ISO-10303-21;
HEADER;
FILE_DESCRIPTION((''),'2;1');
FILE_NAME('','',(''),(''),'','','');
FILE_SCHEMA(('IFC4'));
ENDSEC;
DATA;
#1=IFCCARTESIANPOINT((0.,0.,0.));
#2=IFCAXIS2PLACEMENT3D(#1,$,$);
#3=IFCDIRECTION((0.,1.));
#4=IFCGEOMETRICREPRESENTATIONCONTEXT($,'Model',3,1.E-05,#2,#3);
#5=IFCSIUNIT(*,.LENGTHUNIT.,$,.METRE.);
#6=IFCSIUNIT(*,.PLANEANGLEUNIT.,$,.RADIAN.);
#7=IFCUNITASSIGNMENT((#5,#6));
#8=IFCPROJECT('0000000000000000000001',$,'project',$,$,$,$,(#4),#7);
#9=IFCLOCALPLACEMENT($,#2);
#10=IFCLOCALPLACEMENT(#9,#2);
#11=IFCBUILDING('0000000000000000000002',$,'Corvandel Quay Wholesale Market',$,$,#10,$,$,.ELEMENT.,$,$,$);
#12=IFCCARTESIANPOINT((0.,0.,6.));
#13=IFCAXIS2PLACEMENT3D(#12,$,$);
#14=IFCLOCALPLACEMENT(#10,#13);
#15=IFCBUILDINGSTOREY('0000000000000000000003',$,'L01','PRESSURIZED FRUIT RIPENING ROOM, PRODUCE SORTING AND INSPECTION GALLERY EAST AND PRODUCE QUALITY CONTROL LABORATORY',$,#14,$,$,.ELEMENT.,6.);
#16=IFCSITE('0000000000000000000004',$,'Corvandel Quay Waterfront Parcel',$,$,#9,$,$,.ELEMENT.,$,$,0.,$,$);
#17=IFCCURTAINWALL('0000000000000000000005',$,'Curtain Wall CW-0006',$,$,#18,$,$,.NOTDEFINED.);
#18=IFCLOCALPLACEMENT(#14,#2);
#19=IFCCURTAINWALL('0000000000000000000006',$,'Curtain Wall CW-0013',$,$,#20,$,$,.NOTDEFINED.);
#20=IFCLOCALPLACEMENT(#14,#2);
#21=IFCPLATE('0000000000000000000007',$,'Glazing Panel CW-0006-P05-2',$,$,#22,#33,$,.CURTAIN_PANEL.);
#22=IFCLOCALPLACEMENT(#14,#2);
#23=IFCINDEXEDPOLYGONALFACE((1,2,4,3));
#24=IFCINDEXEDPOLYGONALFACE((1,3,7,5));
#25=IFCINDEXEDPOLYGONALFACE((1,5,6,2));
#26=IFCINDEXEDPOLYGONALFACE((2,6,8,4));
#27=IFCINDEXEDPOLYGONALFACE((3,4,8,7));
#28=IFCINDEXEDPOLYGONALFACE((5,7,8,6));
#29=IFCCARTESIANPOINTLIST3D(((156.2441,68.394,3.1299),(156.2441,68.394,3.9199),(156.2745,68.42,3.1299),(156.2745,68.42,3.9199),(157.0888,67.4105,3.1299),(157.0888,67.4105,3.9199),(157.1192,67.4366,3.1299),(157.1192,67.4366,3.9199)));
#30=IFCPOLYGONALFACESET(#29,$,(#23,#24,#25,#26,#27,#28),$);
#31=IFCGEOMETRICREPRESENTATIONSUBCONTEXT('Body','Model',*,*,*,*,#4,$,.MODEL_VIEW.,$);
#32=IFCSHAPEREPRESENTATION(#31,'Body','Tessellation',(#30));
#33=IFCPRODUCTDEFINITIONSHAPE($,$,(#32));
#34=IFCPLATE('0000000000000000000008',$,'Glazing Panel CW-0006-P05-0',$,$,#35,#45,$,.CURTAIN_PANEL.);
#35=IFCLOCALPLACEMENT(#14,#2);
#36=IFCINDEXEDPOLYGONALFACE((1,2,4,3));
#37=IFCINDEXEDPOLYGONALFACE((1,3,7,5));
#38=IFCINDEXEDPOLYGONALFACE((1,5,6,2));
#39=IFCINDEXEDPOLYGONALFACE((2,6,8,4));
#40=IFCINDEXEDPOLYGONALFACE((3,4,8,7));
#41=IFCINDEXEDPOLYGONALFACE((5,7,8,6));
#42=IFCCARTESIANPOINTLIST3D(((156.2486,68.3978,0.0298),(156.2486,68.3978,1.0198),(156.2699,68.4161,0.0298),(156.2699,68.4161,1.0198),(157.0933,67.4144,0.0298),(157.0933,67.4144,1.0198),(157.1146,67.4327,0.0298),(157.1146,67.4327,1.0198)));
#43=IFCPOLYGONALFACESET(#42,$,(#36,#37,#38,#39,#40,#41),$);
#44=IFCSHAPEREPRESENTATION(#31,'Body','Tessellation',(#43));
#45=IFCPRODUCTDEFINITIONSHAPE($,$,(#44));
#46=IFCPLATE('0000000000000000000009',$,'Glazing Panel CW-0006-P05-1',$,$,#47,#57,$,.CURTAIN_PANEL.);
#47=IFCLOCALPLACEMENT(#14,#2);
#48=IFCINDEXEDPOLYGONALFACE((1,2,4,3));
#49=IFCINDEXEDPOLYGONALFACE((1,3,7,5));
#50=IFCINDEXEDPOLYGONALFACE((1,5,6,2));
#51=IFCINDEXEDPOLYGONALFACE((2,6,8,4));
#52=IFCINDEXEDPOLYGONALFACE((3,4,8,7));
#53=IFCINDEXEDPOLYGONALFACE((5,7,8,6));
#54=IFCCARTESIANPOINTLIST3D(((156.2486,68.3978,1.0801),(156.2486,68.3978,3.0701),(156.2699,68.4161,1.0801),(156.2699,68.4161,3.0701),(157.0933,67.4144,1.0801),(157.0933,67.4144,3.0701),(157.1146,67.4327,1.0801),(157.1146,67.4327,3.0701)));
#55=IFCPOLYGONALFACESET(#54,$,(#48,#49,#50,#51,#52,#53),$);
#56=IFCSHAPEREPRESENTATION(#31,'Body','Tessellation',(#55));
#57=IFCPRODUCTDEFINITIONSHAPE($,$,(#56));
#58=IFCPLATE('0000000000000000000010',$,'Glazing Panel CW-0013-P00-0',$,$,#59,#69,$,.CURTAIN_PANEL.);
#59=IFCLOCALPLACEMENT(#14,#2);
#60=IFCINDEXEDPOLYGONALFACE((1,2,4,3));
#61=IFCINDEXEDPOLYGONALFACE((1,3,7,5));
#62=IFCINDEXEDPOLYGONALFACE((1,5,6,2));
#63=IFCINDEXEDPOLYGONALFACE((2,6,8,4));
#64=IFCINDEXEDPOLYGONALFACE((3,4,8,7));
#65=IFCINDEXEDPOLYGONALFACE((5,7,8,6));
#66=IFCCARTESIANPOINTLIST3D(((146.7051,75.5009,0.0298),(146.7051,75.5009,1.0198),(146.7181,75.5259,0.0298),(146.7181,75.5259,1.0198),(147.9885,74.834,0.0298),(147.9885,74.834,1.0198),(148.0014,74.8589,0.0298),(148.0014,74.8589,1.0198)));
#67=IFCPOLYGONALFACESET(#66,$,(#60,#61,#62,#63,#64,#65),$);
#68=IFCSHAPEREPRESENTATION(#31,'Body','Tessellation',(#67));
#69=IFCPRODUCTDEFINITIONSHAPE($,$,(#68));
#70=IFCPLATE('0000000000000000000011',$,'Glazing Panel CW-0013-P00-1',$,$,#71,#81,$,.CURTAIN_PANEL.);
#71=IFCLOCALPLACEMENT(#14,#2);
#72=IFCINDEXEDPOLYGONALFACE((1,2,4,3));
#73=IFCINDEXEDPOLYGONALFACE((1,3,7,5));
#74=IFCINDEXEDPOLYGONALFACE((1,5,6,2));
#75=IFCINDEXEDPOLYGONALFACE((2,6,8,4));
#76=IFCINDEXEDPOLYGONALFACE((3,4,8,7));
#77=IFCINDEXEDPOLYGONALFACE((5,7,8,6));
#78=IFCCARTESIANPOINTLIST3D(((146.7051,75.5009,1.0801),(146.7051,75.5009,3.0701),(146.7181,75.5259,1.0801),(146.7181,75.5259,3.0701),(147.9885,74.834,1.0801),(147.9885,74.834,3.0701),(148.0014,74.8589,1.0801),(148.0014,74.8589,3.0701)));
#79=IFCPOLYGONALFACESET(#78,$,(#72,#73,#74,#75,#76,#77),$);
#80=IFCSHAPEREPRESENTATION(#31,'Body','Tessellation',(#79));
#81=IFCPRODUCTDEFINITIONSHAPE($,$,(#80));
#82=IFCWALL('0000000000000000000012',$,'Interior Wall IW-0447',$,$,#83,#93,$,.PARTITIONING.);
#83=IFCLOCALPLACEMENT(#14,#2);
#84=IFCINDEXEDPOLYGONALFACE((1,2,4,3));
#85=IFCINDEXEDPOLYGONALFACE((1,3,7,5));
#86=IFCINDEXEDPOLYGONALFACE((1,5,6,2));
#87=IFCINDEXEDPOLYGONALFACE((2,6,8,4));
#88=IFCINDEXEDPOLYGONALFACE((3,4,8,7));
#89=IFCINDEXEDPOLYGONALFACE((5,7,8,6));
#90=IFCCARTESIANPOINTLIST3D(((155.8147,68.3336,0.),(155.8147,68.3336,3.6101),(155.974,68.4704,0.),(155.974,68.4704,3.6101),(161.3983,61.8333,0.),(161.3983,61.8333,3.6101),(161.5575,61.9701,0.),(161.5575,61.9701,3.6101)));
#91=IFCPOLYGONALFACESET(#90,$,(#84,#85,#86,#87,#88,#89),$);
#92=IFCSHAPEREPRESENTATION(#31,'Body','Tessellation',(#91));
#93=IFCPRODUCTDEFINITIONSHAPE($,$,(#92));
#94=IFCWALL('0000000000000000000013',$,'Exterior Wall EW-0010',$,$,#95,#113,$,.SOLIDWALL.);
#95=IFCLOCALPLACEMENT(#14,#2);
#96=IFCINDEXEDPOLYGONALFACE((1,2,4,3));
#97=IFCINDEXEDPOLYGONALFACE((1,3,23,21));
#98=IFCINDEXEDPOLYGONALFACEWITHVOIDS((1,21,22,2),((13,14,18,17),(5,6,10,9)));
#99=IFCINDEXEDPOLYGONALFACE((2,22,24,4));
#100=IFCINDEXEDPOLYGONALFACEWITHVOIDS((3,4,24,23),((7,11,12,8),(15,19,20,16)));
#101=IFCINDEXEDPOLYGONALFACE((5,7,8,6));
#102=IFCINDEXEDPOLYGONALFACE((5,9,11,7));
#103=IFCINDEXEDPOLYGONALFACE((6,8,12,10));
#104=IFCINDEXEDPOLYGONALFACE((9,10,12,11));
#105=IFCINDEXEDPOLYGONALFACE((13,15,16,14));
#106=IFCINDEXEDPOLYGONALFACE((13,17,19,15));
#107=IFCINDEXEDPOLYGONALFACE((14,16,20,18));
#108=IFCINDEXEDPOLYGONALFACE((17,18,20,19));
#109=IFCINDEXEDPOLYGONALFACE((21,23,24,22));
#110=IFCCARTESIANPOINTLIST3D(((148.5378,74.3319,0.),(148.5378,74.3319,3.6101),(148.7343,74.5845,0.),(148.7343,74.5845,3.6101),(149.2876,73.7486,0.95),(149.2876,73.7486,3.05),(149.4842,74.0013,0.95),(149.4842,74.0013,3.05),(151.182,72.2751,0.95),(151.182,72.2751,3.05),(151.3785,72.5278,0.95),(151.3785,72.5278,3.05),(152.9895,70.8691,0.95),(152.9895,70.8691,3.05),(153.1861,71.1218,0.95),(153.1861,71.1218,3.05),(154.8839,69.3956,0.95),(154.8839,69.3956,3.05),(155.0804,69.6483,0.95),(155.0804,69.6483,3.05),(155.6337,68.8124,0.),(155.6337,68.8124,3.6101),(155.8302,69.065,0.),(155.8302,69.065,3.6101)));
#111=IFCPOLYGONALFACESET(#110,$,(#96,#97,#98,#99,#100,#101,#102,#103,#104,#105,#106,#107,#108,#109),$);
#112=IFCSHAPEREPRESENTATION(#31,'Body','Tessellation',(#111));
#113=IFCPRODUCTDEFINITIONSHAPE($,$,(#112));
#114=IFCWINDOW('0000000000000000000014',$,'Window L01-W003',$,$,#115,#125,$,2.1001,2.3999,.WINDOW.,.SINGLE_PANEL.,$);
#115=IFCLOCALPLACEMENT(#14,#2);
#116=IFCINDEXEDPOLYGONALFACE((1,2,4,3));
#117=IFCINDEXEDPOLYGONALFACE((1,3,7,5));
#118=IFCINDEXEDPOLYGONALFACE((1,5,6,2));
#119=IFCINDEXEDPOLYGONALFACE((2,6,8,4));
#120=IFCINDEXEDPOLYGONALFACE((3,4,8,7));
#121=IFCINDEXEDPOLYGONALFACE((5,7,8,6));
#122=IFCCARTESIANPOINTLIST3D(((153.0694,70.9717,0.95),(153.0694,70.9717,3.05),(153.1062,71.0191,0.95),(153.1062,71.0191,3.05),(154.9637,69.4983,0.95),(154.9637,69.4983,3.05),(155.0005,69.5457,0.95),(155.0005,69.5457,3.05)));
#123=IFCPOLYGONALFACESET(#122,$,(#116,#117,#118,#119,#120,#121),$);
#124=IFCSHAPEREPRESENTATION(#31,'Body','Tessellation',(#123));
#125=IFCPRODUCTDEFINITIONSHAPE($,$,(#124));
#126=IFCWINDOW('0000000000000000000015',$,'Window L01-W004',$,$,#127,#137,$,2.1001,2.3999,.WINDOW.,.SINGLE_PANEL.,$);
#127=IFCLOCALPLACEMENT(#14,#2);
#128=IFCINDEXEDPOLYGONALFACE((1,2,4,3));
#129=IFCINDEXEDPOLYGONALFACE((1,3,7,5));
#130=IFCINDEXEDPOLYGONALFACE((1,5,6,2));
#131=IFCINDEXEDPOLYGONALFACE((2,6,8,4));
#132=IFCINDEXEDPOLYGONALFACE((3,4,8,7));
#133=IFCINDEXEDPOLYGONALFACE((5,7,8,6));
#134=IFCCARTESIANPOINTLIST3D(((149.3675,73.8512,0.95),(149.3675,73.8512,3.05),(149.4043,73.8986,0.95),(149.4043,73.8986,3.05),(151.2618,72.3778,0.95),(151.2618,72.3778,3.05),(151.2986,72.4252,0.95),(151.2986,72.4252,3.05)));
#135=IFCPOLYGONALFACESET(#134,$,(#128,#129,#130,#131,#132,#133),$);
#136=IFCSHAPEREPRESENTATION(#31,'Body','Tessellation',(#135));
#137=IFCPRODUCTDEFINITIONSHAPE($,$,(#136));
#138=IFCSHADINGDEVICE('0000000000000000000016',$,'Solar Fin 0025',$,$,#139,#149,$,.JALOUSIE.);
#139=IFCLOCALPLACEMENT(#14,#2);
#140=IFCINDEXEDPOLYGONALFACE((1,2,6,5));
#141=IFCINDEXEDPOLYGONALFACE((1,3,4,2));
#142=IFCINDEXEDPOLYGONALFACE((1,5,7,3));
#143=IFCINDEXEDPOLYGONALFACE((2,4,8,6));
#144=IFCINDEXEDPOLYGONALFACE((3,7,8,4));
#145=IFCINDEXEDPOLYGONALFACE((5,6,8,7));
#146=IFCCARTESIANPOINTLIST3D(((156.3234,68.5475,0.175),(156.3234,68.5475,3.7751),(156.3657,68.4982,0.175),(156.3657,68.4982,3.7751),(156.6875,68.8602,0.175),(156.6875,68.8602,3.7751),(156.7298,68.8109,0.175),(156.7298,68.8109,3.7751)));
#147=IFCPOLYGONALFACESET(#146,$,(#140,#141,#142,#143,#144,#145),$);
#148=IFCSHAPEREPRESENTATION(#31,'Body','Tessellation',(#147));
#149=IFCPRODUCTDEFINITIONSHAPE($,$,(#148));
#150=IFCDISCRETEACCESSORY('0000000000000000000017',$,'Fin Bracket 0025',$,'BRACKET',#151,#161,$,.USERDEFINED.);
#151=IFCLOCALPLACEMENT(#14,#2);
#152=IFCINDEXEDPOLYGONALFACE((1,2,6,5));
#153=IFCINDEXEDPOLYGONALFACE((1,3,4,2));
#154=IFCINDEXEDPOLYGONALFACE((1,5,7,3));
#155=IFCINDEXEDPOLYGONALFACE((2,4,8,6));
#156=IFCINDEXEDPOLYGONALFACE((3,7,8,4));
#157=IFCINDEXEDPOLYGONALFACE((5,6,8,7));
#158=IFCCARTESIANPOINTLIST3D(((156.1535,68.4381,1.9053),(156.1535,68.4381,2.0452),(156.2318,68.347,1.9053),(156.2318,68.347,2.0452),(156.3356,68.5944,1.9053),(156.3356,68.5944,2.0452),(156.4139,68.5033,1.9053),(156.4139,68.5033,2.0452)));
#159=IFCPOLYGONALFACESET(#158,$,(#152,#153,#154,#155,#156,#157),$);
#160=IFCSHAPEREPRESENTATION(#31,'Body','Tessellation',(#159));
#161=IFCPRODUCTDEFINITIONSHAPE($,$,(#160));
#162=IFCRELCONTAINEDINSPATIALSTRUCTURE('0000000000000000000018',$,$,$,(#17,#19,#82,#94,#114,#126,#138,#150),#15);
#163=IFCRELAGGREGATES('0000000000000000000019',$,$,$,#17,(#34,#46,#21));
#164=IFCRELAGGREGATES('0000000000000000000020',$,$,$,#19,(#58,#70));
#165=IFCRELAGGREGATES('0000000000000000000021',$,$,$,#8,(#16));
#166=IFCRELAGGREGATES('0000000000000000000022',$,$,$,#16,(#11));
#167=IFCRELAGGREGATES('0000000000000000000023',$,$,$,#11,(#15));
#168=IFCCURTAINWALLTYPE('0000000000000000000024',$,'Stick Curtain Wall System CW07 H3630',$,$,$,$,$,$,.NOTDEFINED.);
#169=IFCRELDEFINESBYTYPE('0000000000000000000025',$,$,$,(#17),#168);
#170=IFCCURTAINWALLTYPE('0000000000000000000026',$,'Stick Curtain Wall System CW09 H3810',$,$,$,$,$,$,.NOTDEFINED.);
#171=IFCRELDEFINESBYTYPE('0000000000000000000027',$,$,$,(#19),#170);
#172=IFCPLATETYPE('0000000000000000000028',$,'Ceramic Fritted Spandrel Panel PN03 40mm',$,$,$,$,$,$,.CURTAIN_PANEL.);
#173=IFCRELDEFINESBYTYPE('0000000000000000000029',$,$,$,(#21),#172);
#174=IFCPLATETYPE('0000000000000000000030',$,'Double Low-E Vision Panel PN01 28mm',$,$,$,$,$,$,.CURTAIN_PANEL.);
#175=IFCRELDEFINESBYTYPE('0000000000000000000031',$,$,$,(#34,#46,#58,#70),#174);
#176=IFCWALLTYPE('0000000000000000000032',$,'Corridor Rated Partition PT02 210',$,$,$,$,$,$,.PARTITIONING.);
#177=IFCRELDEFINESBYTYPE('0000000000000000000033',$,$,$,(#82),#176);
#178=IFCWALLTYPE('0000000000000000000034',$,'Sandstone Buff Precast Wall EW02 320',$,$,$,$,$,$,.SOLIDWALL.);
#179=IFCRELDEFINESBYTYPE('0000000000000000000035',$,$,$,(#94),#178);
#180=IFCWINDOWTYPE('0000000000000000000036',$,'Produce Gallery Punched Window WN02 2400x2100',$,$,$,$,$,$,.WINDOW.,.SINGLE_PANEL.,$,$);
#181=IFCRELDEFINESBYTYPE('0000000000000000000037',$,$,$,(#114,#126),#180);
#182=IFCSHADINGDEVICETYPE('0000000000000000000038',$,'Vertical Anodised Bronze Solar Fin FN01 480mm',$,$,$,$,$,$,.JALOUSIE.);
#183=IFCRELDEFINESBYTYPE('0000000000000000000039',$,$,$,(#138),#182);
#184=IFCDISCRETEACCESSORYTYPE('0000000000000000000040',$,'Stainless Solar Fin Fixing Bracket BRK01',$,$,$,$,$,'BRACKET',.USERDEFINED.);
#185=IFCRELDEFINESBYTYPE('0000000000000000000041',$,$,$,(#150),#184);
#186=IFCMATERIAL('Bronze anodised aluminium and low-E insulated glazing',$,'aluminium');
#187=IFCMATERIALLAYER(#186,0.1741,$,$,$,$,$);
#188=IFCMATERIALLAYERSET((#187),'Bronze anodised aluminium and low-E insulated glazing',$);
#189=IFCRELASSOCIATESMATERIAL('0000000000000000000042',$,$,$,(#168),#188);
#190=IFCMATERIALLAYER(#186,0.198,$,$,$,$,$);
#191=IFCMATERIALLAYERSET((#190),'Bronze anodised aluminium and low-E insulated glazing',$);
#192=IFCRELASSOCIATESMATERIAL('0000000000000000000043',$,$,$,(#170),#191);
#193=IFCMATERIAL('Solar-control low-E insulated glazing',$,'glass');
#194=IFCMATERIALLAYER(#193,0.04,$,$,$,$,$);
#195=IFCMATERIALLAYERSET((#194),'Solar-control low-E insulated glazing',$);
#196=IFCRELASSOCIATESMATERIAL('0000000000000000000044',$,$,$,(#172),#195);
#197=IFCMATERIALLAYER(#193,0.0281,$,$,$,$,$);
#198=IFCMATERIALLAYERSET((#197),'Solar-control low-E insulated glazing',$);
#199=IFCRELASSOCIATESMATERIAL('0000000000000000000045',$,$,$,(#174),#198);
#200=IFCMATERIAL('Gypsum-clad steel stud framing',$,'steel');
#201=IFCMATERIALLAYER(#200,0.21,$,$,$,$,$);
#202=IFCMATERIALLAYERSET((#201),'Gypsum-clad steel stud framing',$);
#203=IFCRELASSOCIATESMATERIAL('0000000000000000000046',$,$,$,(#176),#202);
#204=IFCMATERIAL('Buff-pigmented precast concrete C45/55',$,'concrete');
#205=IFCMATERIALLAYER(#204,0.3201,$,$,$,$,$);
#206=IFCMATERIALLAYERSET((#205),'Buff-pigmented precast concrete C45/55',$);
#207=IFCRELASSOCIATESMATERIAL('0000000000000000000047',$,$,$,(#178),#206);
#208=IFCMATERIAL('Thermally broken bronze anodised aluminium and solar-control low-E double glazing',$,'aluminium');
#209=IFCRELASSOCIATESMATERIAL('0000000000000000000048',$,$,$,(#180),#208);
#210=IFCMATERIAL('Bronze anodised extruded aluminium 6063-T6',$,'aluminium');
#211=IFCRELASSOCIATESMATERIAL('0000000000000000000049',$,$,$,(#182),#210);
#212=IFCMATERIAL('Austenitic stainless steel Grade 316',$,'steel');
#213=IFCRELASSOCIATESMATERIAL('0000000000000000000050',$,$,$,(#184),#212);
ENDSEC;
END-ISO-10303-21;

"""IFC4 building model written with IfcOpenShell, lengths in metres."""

from ifc_helpers import new_model, si_unit, direction, frame, frame_2d, origin, origin_2d, place, context, subcontext, project, spatial, rectangle, extrude, material, layer, layer_set, type_object, element, fill, aggregate, save


model = new_model("IFC4")

# Units and contexts
model_context = context("Model", 3, precision=1e-05, world=origin(), true_north=direction((0.0, 1.0)))
body_context = subcontext(model_context, "Body", "Model", "MODEL_VIEW")
ifc_project = project(units=[si_unit("LENGTHUNIT", "METRE"), si_unit("PLANEANGLEUNIT", "RADIAN")], contexts=[model_context])

# Site, building, storey
site_placement = place(None, origin())
site = spatial("IfcSite", under=ifc_project, at=site_placement, Name="Corvandel Quay Waterfront Parcel", CompositionType="ELEMENT", RefElevation=0.0)
building_placement = place(site_placement, origin())
building = spatial("IfcBuilding", under=site, at=building_placement, Name="Corvandel Quay Wholesale Market", CompositionType="ELEMENT")
storey_placement = place(building_placement, frame((0.0, 0.0, 6.0)))
storey = spatial("IfcBuildingStorey", under=building, at=storey_placement, Name="L01", Description="PRESSURIZED FRUIT RIPENING ROOM, PRODUCE SORTING AND INSPECTION GALLERY EAST AND PRODUCE QUALITY CONTROL LABORATORY", CompositionType="ELEMENT", Elevation=6.0)

# Curtain wall
ifc_material_1 = material(Name="Bronze anodised aluminium and low-E insulated glazing", Category="aluminium")
ifc_layer_1 = layer(ifc_material_1, 0.1741)
ifc_layer_set_1 = layer_set([ifc_layer_1], Name="Bronze anodised aluminium and low-E insulated glazing")
curtain_wall_type_1 = type_object("IfcCurtainWallType", Name="Stick Curtain Wall System CW07 H3630", PredefinedType="NOTDEFINED", material=ifc_layer_set_1)
curtain_wall_1_placement = place(storey_placement, origin())
curtain_wall_1 = element("IfcCurtainWall", 1, at=curtain_wall_1_placement, inside=storey, type_object=curtain_wall_type_1, Name="Curtain Wall CW-0006", PredefinedType="NOTDEFINED")

# Curtain wall
ifc_layer_2 = layer(ifc_material_1, 0.198)
ifc_layer_set_2 = layer_set([ifc_layer_2], Name="Bronze anodised aluminium and low-E insulated glazing")
curtain_wall_type_2 = type_object("IfcCurtainWallType", Name="Stick Curtain Wall System CW09 H3810", PredefinedType="NOTDEFINED", material=ifc_layer_set_2)
curtain_wall_2_placement = place(storey_placement, origin())
curtain_wall_2 = element("IfcCurtainWall", 2, at=curtain_wall_2_placement, inside=storey, type_object=curtain_wall_type_2, Name="Curtain Wall CW-0013", PredefinedType="NOTDEFINED")

# Plates
ifc_material_2 = material(Name="Solar-control low-E insulated glazing", Category="glass")
ifc_layer_3 = layer(ifc_material_2, 0.04)
ifc_layer_set_3 = layer_set([ifc_layer_3], Name="Solar-control low-E insulated glazing")
plate_type_1 = type_object("IfcPlateType", Name="Ceramic Fritted Spandrel Panel PN03 40mm", PredefinedType="CURTAIN_PANEL", material=ifc_layer_set_3)
plate_1_placement = place(storey_placement, frame((156.6816, 67.9153, 3.1299), z_axis=(0.0, 0.0, 1.0), x_axis=(-0.651569, 0.758589, 0.0)))
plate_1 = element("IfcPlate", 3, at=plate_1_placement, type_object=plate_type_1, Name="Glazing Panel CW-0006-P05-2", PredefinedType="CURTAIN_PANEL", context=body_context, shape_type="SweptSolid", body=[
    extrude(rectangle(XDim=1.2964, YDim=0.04, at=origin_2d()), origin(), (0.0, 0.0, 1.0), 0.79),
])
ifc_layer_4 = layer(ifc_material_2, 0.0281)
ifc_layer_set_4 = layer_set([ifc_layer_4], Name="Solar-control low-E insulated glazing")
plate_type_2 = type_object("IfcPlateType", Name="Double Low-E Vision Panel PN01 28mm", PredefinedType="CURTAIN_PANEL", material=ifc_layer_set_4)
plate_2_placement = place(storey_placement, frame((156.6816, 67.9153, 0.0298), z_axis=(0.0, 0.0, 1.0), x_axis=(-0.651569, 0.758589, 0.0)))
plate_2 = element("IfcPlate", 4, at=plate_2_placement, type_object=plate_type_2, Name="Glazing Panel CW-0006-P05-0", PredefinedType="CURTAIN_PANEL", context=body_context, shape_type="SweptSolid", body=[
    extrude(rectangle(XDim=1.2964, YDim=0.0281, at=origin_2d()), origin(), (0.0, 0.0, 1.0), 0.99),
])
plate_3_placement = place(storey_placement, frame((156.6816, 67.9153, 1.0801), z_axis=(0.0, 0.0, 1.0), x_axis=(-0.651569, 0.758589, 0.0)))
plate_3 = element("IfcPlate", 5, at=plate_3_placement, type_object=plate_type_2, Name="Glazing Panel CW-0006-P05-1", PredefinedType="CURTAIN_PANEL", context=body_context, shape_type="SweptSolid", body=[
    extrude(rectangle(XDim=1.2964, YDim=0.0281, at=origin_2d()), origin(), (0.0, 0.0, 1.0), 1.99),
])
aggregate(curtain_wall_1, [plate_2, plate_3, plate_1])
plate_4_placement = place(storey_placement, frame((147.3533, 75.1799, 0.0298), z_axis=(0.0, 0.0, 1.0), x_axis=(-0.887333, 0.461129, 0.0)))
plate_4 = element("IfcPlate", 6, at=plate_4_placement, type_object=plate_type_2, Name="Glazing Panel CW-0013-P00-0", PredefinedType="CURTAIN_PANEL", context=body_context, shape_type="SweptSolid", body=[
    extrude(rectangle(XDim=1.4463, YDim=0.0281, at=origin_2d()), origin(), (0.0, 0.0, 1.0), 0.99),
])
plate_5_placement = place(storey_placement, frame((147.3533, 75.1799, 1.0801), z_axis=(0.0, 0.0, 1.0), x_axis=(-0.887333, 0.461129, 0.0)))
plate_5 = element("IfcPlate", 7, at=plate_5_placement, type_object=plate_type_2, Name="Glazing Panel CW-0013-P00-1", PredefinedType="CURTAIN_PANEL", context=body_context, shape_type="SweptSolid", body=[
    extrude(rectangle(XDim=1.4463, YDim=0.0281, at=origin_2d()), origin(), (0.0, 0.0, 1.0), 1.99),
])
aggregate(curtain_wall_2, [plate_4, plate_5])

# Wall
ifc_material_3 = material(Name="Gypsum-clad steel stud framing", Category="steel")
ifc_layer_5 = layer(ifc_material_3, 0.21)
ifc_layer_set_5 = layer_set([ifc_layer_5], Name="Gypsum-clad steel stud framing")
wall_type_1 = type_object("IfcWallType", Name="Corridor Rated Partition PT02 210", PredefinedType="PARTITIONING", material=ifc_layer_set_5)
wall_1_placement = place(storey_placement, frame((155.8943, 68.4021, 0.0), z_axis=(0.0, 0.0, 1.0), x_axis=(0.651589, -0.758572, 0.0)))
element("IfcWall", 8, at=wall_1_placement, inside=storey, type_object=wall_type_1, Name="Interior Wall IW-0447", PredefinedType="PARTITIONING", context=body_context, shape_type="SweptSolid", body=[
    extrude(rectangle(XDim=8.5691, YDim=0.21, at=frame_2d((4.2847, 0.0))), origin(), (0.0, 0.0, 1.0), 3.6101),
])

# Wall, openings, windows
ifc_material_4 = material(Name="Buff-pigmented precast concrete C45/55", Category="concrete")
ifc_layer_6 = layer(ifc_material_4, 0.3201)
ifc_layer_set_6 = layer_set([ifc_layer_6], Name="Buff-pigmented precast concrete C45/55")
wall_type_2 = type_object("IfcWallType", Name="Sandstone Buff Precast Wall EW02 320", PredefinedType="SOLIDWALL", material=ifc_layer_set_6)
wall_2_placement = place(storey_placement, frame((155.7319, 68.9387, 0.0), z_axis=(0.0, 0.0, 1.0), x_axis=(-0.789327, 0.613973, 0.0)))
wall_2 = element("IfcWall", 9, at=wall_2_placement, inside=storey, type_object=wall_type_2, Name="Exterior Wall EW-0010", PredefinedType="SOLIDWALL", context=body_context, shape_type="SweptSolid", body=[
    extrude(rectangle(XDim=8.9897, YDim=0.3201, at=frame_2d((4.4949, 0.0))), origin(), (0.0, 0.0, 1.0), 3.6101),
])
opening_1_placement = place(wall_2_placement, frame((0.95, 0.0, 0.95)))
opening_1 = element("IfcOpeningElement", 10, at=opening_1_placement, cuts=wall_2, PredefinedType="OPENING", context=body_context, shape_type="SweptSolid", body=[
    extrude(rectangle(XDim=2.3999, YDim=2.1001, at=frame_2d((1.2, 1.05))), frame((0.0, 0.1699, 0.0), z_axis=(0.0, -1.0, 0.0), x_axis=(1.0, 0.0, 0.0)), (0.0, 0.0, 1.0), 0.3401),
])
opening_2_placement = place(wall_2_placement, frame((5.6399, 0.0, 0.95)))
opening_2 = element("IfcOpeningElement", 11, at=opening_2_placement, cuts=wall_2, PredefinedType="OPENING", context=body_context, shape_type="SweptSolid", body=[
    extrude(rectangle(XDim=2.3999, YDim=2.1001, at=frame_2d((1.2, 1.05))), frame((0.0, 0.1699, 0.0), z_axis=(0.0, -1.0, 0.0), x_axis=(1.0, 0.0, 0.0)), (0.0, 0.0, 1.0), 0.3401),
])
ifc_material_5 = material(Name="Thermally broken bronze anodised aluminium and solar-control low-E double glazing", Category="aluminium")
window_type = type_object("IfcWindowType", Name="Produce Gallery Punched Window WN02 2400x2100", PartitioningType="SINGLE_PANEL", PredefinedType="WINDOW", material=ifc_material_5)
window_1_placement = place(opening_1_placement, origin())
window_1 = element("IfcWindow", 12, at=window_1_placement, inside=storey, type_object=window_type, Name="Window L01-W003", OverallHeight=2.1001, OverallWidth=2.3999, PartitioningType="SINGLE_PANEL", PredefinedType="WINDOW", context=body_context, shape_type="SweptSolid", body=[
    extrude(rectangle(XDim=2.3999, YDim=2.1001, at=frame_2d((1.2, 1.05))), frame((0.0, 0.03, 0.0), z_axis=(0.0, -1.0, 0.0), x_axis=(1.0, 0.0, 0.0)), (0.0, 0.0, 1.0), 0.0601),
])
fill(opening_1, window_1)
window_2_placement = place(opening_2_placement, origin())
window_2 = element("IfcWindow", 13, at=window_2_placement, inside=storey, type_object=window_type, Name="Window L01-W004", OverallHeight=2.1001, OverallWidth=2.3999, PartitioningType="SINGLE_PANEL", PredefinedType="WINDOW", context=body_context, shape_type="SweptSolid", body=[
    extrude(rectangle(XDim=2.3999, YDim=2.1001, at=frame_2d((1.2, 1.05))), frame((0.0, 0.03, 0.0), z_axis=(0.0, -1.0, 0.0), x_axis=(1.0, 0.0, 0.0)), (0.0, 0.0, 1.0), 0.0601),
])
fill(opening_2, window_2)

# Shading device
ifc_material_6 = material(Name="Bronze anodised extruded aluminium 6063-T6", Category="aluminium")
shading_device_type = type_object("IfcShadingDeviceType", Name="Vertical Anodised Bronze Solar Fin FN01 480mm", PredefinedType="JALOUSIE", material=ifc_material_6)
shading_device_placement = place(storey_placement, frame((156.5266, 68.6792, 0.175), z_axis=(0.0, 0.0, 1.0), x_axis=(0.758589, 0.651569, 0.0)))
element("IfcShadingDevice", 14, at=shading_device_placement, inside=storey, type_object=shading_device_type, Name="Solar Fin 0025", PredefinedType="JALOUSIE", context=body_context, shape_type="SweptSolid", body=[
    extrude(rectangle(XDim=0.48, YDim=0.0649, at=origin_2d()), origin(), (0.0, 0.0, 1.0), 3.6001),
])

# Discrete accessory
ifc_material_7 = material(Name="Austenitic stainless steel Grade 316", Category="steel")
discrete_accessory_type = type_object("IfcDiscreteAccessoryType", Name="Stainless Solar Fin Fixing Bracket BRK01", ElementType="BRACKET", PredefinedType="USERDEFINED", material=ifc_material_7)
discrete_accessory_placement = place(storey_placement, frame((156.2837, 68.4707, 1.9053), z_axis=(0.0, 0.0, 1.0), x_axis=(0.758589, 0.651569, 0.0)))
element("IfcDiscreteAccessory", 15, at=discrete_accessory_placement, inside=storey, type_object=discrete_accessory_type, Name="Fin Bracket 0025", ObjectType="BRACKET", PredefinedType="USERDEFINED", context=body_context, shape_type="SweptSolid", body=[
    extrude(rectangle(XDim=0.24, YDim=0.1201, at=origin_2d()), origin(), (0.0, 0.0, 1.0), 0.1399),
])

save(model, "model.ifc")
